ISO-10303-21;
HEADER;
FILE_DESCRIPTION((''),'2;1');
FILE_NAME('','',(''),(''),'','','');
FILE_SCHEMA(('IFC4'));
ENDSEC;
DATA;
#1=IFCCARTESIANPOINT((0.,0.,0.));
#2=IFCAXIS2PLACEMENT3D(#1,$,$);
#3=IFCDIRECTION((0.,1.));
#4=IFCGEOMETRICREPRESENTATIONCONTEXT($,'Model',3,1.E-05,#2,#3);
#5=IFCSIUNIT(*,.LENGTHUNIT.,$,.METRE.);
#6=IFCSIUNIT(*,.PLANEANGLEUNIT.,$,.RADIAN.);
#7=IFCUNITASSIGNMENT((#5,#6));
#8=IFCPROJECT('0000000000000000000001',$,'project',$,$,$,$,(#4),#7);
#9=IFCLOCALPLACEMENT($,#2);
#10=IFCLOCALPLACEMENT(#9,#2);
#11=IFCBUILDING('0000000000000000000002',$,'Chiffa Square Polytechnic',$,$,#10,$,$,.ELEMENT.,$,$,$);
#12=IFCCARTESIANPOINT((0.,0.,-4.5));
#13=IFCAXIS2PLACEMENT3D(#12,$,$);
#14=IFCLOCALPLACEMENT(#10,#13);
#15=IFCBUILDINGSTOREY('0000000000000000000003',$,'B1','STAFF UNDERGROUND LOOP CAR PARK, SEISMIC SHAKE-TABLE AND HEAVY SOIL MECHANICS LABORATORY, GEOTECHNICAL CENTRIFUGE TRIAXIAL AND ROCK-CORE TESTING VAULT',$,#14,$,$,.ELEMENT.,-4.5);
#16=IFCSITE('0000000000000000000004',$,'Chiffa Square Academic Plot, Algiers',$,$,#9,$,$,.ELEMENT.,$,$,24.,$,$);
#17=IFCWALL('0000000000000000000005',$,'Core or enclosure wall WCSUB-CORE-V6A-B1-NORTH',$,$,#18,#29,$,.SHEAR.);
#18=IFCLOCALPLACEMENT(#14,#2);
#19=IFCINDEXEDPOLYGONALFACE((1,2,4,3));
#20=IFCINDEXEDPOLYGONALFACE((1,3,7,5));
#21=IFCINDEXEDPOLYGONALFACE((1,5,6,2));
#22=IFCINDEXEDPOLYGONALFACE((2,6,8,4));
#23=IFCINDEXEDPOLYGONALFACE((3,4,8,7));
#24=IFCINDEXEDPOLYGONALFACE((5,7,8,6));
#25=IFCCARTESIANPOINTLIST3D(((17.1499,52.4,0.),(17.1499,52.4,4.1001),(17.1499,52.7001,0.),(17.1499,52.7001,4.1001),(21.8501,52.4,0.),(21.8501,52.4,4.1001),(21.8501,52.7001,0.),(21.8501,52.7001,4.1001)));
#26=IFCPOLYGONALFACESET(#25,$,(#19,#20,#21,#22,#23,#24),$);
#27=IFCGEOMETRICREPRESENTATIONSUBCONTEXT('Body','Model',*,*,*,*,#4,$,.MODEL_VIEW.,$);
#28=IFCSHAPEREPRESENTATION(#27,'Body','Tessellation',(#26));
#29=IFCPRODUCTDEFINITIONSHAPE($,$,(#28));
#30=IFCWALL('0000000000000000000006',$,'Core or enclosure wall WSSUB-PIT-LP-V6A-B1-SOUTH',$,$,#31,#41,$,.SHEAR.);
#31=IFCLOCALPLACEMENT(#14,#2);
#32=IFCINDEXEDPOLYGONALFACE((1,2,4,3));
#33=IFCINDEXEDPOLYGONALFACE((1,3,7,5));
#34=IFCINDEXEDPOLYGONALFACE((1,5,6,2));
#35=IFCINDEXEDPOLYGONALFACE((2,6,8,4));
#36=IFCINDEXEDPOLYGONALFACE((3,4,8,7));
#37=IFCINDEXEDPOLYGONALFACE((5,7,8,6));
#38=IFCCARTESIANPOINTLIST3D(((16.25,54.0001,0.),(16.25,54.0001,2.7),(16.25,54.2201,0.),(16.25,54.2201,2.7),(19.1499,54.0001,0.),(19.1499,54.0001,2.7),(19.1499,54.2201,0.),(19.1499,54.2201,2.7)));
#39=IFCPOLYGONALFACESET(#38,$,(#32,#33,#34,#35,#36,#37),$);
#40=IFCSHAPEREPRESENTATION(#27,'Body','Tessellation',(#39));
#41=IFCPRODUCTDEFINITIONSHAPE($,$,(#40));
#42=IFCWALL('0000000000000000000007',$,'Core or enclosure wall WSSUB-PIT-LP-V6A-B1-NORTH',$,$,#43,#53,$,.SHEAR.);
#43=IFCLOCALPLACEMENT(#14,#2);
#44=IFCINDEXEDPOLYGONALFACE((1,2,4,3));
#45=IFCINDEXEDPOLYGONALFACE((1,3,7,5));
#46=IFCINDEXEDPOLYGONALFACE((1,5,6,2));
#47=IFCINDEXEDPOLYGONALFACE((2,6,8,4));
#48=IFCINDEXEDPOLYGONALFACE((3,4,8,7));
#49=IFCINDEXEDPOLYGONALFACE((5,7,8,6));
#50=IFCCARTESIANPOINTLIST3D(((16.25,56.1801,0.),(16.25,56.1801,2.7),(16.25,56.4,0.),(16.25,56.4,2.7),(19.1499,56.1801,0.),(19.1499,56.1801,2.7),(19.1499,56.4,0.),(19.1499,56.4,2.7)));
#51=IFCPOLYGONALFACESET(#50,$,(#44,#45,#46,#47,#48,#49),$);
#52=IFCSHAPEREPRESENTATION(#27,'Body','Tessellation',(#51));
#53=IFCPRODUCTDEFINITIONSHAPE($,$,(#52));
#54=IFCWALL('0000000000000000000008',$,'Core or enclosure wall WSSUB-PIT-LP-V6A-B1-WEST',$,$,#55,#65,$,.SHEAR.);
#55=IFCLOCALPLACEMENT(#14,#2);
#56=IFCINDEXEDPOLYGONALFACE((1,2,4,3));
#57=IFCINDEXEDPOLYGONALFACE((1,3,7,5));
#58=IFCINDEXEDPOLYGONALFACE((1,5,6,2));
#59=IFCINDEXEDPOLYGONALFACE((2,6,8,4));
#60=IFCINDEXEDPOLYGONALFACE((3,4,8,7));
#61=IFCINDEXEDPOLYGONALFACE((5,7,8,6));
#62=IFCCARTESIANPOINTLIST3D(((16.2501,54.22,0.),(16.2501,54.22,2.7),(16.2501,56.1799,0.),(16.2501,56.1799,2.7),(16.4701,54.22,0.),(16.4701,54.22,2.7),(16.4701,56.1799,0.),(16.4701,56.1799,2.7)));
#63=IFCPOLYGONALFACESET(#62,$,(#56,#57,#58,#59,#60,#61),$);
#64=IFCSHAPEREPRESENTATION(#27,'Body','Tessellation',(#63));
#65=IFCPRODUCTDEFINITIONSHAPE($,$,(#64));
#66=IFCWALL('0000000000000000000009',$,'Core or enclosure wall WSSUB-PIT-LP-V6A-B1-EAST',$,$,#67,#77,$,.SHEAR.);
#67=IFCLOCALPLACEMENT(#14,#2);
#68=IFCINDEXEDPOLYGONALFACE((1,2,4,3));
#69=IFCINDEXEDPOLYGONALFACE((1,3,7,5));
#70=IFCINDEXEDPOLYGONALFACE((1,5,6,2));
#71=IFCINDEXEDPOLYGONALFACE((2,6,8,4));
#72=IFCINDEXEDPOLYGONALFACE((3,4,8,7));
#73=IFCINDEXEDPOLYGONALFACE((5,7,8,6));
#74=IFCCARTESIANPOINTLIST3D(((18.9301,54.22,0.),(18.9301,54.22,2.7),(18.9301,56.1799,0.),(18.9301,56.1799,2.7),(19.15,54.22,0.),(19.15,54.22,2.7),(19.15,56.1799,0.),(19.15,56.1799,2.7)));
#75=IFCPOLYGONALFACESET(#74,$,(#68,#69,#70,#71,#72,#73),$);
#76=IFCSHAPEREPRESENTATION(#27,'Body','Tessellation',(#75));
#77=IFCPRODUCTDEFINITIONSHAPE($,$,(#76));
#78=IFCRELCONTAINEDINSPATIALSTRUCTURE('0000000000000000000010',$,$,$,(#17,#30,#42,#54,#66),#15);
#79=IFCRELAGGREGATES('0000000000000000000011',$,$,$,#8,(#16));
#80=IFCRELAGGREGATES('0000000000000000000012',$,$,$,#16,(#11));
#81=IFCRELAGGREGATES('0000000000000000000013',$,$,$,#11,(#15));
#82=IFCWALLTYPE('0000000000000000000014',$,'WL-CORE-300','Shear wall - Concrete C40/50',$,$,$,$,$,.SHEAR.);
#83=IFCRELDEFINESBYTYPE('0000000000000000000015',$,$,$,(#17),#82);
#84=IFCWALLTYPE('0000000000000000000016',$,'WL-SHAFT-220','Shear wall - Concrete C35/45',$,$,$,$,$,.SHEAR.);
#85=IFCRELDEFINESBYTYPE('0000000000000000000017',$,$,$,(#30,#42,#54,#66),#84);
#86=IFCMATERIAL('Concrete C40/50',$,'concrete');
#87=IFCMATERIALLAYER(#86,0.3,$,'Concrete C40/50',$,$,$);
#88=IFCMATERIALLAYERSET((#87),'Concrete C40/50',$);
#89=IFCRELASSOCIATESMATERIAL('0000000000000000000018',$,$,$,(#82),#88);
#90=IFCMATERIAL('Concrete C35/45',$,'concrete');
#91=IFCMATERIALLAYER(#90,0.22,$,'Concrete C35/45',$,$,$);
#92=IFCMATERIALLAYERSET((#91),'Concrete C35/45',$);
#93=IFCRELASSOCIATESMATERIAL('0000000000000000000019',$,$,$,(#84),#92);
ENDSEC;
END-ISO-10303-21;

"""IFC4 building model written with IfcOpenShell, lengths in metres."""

from ifc_helpers import new_model, si_unit, direction, frame, frame_2d, origin, place, context, subcontext, project, spatial, rectangle, extrude, material, layer, layer_set, type_object, element, save


model = new_model("IFC4")

# Units and contexts
model_context = context("Model", 3, precision=1e-05, world=origin(), true_north=direction((0.0, 1.0)))
body_context = subcontext(model_context, "Body", "Model", "MODEL_VIEW")
ifc_project = project(units=[si_unit("LENGTHUNIT", "METRE"), si_unit("PLANEANGLEUNIT", "RADIAN")], contexts=[model_context])

# Site, building, storey
site_placement = place(None, origin())
site = spatial("IfcSite", under=ifc_project, at=site_placement, Name="Chiffa Square Academic Plot, Algiers", CompositionType="ELEMENT", RefElevation=24.0)
building_placement = place(site_placement, origin())
building = spatial("IfcBuilding", under=site, at=building_placement, Name="Chiffa Square Polytechnic", CompositionType="ELEMENT")
storey_placement = place(building_placement, frame((0.0, 0.0, -4.5)))
storey = spatial("IfcBuildingStorey", under=building, at=storey_placement, Name="B1", Description="STAFF UNDERGROUND LOOP CAR PARK, SEISMIC SHAKE-TABLE AND HEAVY SOIL MECHANICS LABORATORY, GEOTECHNICAL CENTRIFUGE TRIAXIAL AND ROCK-CORE TESTING VAULT", CompositionType="ELEMENT", Elevation=-4.5)

# Shared definitions
ifc_material_1 = material(Name="Concrete C35/45", Category="concrete")

# Walls
ifc_material_2 = material(Name="Concrete C40/50", Category="concrete")
ifc_layer_1 = layer(ifc_material_2, 0.3, Name="Concrete C40/50")
ifc_layer_set_1 = layer_set([ifc_layer_1], Name="Concrete C40/50")
wall_type_1 = type_object("IfcWallType", Name="WL-CORE-300", Description="Shear wall - Concrete C40/50", PredefinedType="SHEAR", material=ifc_layer_set_1)
wall_placement = place(storey_placement, frame((17.1499, 52.55, 0.0), z_axis=(0.0, 0.0, 1.0), x_axis=(1.0, 0.0, 0.0)))
element("IfcWall", 1, at=wall_placement, inside=storey, type_object=wall_type_1, Name="Core or enclosure wall WCSUB-CORE-V6A-B1-NORTH", PredefinedType="SHEAR", context=body_context, shape_type="SweptSolid", body=[
    extrude(rectangle(XDim=4.7002, YDim=0.3, at=frame_2d((2.3501, 0.0))), origin(), (0.0, 0.0, 1.0), 4.1001),
])
ifc_layer_2 = layer(ifc_material_1, 0.22, Name="Concrete C35/45")
ifc_layer_set_2 = layer_set([ifc_layer_2], Name="Concrete C35/45")
wall_type_2 = type_object("IfcWallType", Name="WL-SHAFT-220", Description="Shear wall - Concrete C35/45", PredefinedType="SHEAR", material=ifc_layer_set_2)
for number, where, z_axis, x_axis, name in (
    (2, (16.25, 54.1101, 0.0), (0.0, 0.0, 1.0), (1.0, 0.0, 0.0), "Core or enclosure wall WSSUB-PIT-LP-V6A-B1-SOUTH"),
    (3, (16.25, 56.29, 0.0), (0.0, 0.0, 1.0), (1.0, 0.0, 0.0), "Core or enclosure wall WSSUB-PIT-LP-V6A-B1-NORTH"),
):
    element("IfcWall", number, at=place(storey_placement, frame(where, z_axis=z_axis, x_axis=x_axis)), inside=storey, type_object=wall_type_2, Name=name, PredefinedType="SHEAR", context=body_context, shape_type="SweptSolid", body=[
        extrude(rectangle(XDim=2.8999, YDim=0.22, at=frame_2d((1.45, 0.0))), origin(), (0.0, 0.0, 1.0), 2.7),
    ])
for number, where, z_axis, x_axis, name in (
    (4, (16.3601, 54.22, 0.0), (0.0, 0.0, 1.0), (0.0, 1.0, 0.0), "Core or enclosure wall WSSUB-PIT-LP-V6A-B1-WEST"),
    (5, (19.04, 54.22, 0.0), (0.0, 0.0, 1.0), (0.0, 1.0, 0.0), "Core or enclosure wall WSSUB-PIT-LP-V6A-B1-EAST"),
):
    element("IfcWall", number, at=place(storey_placement, frame(where, z_axis=z_axis, x_axis=x_axis)), inside=storey, type_object=wall_type_2, Name=name, PredefinedType="SHEAR", context=body_context, shape_type="SweptSolid", body=[
        extrude(rectangle(XDim=1.96, YDim=0.22, at=frame_2d((0.98, 0.0))), origin(), (0.0, 0.0, 1.0), 2.7),
    ])

save(model, "model.ifc")
